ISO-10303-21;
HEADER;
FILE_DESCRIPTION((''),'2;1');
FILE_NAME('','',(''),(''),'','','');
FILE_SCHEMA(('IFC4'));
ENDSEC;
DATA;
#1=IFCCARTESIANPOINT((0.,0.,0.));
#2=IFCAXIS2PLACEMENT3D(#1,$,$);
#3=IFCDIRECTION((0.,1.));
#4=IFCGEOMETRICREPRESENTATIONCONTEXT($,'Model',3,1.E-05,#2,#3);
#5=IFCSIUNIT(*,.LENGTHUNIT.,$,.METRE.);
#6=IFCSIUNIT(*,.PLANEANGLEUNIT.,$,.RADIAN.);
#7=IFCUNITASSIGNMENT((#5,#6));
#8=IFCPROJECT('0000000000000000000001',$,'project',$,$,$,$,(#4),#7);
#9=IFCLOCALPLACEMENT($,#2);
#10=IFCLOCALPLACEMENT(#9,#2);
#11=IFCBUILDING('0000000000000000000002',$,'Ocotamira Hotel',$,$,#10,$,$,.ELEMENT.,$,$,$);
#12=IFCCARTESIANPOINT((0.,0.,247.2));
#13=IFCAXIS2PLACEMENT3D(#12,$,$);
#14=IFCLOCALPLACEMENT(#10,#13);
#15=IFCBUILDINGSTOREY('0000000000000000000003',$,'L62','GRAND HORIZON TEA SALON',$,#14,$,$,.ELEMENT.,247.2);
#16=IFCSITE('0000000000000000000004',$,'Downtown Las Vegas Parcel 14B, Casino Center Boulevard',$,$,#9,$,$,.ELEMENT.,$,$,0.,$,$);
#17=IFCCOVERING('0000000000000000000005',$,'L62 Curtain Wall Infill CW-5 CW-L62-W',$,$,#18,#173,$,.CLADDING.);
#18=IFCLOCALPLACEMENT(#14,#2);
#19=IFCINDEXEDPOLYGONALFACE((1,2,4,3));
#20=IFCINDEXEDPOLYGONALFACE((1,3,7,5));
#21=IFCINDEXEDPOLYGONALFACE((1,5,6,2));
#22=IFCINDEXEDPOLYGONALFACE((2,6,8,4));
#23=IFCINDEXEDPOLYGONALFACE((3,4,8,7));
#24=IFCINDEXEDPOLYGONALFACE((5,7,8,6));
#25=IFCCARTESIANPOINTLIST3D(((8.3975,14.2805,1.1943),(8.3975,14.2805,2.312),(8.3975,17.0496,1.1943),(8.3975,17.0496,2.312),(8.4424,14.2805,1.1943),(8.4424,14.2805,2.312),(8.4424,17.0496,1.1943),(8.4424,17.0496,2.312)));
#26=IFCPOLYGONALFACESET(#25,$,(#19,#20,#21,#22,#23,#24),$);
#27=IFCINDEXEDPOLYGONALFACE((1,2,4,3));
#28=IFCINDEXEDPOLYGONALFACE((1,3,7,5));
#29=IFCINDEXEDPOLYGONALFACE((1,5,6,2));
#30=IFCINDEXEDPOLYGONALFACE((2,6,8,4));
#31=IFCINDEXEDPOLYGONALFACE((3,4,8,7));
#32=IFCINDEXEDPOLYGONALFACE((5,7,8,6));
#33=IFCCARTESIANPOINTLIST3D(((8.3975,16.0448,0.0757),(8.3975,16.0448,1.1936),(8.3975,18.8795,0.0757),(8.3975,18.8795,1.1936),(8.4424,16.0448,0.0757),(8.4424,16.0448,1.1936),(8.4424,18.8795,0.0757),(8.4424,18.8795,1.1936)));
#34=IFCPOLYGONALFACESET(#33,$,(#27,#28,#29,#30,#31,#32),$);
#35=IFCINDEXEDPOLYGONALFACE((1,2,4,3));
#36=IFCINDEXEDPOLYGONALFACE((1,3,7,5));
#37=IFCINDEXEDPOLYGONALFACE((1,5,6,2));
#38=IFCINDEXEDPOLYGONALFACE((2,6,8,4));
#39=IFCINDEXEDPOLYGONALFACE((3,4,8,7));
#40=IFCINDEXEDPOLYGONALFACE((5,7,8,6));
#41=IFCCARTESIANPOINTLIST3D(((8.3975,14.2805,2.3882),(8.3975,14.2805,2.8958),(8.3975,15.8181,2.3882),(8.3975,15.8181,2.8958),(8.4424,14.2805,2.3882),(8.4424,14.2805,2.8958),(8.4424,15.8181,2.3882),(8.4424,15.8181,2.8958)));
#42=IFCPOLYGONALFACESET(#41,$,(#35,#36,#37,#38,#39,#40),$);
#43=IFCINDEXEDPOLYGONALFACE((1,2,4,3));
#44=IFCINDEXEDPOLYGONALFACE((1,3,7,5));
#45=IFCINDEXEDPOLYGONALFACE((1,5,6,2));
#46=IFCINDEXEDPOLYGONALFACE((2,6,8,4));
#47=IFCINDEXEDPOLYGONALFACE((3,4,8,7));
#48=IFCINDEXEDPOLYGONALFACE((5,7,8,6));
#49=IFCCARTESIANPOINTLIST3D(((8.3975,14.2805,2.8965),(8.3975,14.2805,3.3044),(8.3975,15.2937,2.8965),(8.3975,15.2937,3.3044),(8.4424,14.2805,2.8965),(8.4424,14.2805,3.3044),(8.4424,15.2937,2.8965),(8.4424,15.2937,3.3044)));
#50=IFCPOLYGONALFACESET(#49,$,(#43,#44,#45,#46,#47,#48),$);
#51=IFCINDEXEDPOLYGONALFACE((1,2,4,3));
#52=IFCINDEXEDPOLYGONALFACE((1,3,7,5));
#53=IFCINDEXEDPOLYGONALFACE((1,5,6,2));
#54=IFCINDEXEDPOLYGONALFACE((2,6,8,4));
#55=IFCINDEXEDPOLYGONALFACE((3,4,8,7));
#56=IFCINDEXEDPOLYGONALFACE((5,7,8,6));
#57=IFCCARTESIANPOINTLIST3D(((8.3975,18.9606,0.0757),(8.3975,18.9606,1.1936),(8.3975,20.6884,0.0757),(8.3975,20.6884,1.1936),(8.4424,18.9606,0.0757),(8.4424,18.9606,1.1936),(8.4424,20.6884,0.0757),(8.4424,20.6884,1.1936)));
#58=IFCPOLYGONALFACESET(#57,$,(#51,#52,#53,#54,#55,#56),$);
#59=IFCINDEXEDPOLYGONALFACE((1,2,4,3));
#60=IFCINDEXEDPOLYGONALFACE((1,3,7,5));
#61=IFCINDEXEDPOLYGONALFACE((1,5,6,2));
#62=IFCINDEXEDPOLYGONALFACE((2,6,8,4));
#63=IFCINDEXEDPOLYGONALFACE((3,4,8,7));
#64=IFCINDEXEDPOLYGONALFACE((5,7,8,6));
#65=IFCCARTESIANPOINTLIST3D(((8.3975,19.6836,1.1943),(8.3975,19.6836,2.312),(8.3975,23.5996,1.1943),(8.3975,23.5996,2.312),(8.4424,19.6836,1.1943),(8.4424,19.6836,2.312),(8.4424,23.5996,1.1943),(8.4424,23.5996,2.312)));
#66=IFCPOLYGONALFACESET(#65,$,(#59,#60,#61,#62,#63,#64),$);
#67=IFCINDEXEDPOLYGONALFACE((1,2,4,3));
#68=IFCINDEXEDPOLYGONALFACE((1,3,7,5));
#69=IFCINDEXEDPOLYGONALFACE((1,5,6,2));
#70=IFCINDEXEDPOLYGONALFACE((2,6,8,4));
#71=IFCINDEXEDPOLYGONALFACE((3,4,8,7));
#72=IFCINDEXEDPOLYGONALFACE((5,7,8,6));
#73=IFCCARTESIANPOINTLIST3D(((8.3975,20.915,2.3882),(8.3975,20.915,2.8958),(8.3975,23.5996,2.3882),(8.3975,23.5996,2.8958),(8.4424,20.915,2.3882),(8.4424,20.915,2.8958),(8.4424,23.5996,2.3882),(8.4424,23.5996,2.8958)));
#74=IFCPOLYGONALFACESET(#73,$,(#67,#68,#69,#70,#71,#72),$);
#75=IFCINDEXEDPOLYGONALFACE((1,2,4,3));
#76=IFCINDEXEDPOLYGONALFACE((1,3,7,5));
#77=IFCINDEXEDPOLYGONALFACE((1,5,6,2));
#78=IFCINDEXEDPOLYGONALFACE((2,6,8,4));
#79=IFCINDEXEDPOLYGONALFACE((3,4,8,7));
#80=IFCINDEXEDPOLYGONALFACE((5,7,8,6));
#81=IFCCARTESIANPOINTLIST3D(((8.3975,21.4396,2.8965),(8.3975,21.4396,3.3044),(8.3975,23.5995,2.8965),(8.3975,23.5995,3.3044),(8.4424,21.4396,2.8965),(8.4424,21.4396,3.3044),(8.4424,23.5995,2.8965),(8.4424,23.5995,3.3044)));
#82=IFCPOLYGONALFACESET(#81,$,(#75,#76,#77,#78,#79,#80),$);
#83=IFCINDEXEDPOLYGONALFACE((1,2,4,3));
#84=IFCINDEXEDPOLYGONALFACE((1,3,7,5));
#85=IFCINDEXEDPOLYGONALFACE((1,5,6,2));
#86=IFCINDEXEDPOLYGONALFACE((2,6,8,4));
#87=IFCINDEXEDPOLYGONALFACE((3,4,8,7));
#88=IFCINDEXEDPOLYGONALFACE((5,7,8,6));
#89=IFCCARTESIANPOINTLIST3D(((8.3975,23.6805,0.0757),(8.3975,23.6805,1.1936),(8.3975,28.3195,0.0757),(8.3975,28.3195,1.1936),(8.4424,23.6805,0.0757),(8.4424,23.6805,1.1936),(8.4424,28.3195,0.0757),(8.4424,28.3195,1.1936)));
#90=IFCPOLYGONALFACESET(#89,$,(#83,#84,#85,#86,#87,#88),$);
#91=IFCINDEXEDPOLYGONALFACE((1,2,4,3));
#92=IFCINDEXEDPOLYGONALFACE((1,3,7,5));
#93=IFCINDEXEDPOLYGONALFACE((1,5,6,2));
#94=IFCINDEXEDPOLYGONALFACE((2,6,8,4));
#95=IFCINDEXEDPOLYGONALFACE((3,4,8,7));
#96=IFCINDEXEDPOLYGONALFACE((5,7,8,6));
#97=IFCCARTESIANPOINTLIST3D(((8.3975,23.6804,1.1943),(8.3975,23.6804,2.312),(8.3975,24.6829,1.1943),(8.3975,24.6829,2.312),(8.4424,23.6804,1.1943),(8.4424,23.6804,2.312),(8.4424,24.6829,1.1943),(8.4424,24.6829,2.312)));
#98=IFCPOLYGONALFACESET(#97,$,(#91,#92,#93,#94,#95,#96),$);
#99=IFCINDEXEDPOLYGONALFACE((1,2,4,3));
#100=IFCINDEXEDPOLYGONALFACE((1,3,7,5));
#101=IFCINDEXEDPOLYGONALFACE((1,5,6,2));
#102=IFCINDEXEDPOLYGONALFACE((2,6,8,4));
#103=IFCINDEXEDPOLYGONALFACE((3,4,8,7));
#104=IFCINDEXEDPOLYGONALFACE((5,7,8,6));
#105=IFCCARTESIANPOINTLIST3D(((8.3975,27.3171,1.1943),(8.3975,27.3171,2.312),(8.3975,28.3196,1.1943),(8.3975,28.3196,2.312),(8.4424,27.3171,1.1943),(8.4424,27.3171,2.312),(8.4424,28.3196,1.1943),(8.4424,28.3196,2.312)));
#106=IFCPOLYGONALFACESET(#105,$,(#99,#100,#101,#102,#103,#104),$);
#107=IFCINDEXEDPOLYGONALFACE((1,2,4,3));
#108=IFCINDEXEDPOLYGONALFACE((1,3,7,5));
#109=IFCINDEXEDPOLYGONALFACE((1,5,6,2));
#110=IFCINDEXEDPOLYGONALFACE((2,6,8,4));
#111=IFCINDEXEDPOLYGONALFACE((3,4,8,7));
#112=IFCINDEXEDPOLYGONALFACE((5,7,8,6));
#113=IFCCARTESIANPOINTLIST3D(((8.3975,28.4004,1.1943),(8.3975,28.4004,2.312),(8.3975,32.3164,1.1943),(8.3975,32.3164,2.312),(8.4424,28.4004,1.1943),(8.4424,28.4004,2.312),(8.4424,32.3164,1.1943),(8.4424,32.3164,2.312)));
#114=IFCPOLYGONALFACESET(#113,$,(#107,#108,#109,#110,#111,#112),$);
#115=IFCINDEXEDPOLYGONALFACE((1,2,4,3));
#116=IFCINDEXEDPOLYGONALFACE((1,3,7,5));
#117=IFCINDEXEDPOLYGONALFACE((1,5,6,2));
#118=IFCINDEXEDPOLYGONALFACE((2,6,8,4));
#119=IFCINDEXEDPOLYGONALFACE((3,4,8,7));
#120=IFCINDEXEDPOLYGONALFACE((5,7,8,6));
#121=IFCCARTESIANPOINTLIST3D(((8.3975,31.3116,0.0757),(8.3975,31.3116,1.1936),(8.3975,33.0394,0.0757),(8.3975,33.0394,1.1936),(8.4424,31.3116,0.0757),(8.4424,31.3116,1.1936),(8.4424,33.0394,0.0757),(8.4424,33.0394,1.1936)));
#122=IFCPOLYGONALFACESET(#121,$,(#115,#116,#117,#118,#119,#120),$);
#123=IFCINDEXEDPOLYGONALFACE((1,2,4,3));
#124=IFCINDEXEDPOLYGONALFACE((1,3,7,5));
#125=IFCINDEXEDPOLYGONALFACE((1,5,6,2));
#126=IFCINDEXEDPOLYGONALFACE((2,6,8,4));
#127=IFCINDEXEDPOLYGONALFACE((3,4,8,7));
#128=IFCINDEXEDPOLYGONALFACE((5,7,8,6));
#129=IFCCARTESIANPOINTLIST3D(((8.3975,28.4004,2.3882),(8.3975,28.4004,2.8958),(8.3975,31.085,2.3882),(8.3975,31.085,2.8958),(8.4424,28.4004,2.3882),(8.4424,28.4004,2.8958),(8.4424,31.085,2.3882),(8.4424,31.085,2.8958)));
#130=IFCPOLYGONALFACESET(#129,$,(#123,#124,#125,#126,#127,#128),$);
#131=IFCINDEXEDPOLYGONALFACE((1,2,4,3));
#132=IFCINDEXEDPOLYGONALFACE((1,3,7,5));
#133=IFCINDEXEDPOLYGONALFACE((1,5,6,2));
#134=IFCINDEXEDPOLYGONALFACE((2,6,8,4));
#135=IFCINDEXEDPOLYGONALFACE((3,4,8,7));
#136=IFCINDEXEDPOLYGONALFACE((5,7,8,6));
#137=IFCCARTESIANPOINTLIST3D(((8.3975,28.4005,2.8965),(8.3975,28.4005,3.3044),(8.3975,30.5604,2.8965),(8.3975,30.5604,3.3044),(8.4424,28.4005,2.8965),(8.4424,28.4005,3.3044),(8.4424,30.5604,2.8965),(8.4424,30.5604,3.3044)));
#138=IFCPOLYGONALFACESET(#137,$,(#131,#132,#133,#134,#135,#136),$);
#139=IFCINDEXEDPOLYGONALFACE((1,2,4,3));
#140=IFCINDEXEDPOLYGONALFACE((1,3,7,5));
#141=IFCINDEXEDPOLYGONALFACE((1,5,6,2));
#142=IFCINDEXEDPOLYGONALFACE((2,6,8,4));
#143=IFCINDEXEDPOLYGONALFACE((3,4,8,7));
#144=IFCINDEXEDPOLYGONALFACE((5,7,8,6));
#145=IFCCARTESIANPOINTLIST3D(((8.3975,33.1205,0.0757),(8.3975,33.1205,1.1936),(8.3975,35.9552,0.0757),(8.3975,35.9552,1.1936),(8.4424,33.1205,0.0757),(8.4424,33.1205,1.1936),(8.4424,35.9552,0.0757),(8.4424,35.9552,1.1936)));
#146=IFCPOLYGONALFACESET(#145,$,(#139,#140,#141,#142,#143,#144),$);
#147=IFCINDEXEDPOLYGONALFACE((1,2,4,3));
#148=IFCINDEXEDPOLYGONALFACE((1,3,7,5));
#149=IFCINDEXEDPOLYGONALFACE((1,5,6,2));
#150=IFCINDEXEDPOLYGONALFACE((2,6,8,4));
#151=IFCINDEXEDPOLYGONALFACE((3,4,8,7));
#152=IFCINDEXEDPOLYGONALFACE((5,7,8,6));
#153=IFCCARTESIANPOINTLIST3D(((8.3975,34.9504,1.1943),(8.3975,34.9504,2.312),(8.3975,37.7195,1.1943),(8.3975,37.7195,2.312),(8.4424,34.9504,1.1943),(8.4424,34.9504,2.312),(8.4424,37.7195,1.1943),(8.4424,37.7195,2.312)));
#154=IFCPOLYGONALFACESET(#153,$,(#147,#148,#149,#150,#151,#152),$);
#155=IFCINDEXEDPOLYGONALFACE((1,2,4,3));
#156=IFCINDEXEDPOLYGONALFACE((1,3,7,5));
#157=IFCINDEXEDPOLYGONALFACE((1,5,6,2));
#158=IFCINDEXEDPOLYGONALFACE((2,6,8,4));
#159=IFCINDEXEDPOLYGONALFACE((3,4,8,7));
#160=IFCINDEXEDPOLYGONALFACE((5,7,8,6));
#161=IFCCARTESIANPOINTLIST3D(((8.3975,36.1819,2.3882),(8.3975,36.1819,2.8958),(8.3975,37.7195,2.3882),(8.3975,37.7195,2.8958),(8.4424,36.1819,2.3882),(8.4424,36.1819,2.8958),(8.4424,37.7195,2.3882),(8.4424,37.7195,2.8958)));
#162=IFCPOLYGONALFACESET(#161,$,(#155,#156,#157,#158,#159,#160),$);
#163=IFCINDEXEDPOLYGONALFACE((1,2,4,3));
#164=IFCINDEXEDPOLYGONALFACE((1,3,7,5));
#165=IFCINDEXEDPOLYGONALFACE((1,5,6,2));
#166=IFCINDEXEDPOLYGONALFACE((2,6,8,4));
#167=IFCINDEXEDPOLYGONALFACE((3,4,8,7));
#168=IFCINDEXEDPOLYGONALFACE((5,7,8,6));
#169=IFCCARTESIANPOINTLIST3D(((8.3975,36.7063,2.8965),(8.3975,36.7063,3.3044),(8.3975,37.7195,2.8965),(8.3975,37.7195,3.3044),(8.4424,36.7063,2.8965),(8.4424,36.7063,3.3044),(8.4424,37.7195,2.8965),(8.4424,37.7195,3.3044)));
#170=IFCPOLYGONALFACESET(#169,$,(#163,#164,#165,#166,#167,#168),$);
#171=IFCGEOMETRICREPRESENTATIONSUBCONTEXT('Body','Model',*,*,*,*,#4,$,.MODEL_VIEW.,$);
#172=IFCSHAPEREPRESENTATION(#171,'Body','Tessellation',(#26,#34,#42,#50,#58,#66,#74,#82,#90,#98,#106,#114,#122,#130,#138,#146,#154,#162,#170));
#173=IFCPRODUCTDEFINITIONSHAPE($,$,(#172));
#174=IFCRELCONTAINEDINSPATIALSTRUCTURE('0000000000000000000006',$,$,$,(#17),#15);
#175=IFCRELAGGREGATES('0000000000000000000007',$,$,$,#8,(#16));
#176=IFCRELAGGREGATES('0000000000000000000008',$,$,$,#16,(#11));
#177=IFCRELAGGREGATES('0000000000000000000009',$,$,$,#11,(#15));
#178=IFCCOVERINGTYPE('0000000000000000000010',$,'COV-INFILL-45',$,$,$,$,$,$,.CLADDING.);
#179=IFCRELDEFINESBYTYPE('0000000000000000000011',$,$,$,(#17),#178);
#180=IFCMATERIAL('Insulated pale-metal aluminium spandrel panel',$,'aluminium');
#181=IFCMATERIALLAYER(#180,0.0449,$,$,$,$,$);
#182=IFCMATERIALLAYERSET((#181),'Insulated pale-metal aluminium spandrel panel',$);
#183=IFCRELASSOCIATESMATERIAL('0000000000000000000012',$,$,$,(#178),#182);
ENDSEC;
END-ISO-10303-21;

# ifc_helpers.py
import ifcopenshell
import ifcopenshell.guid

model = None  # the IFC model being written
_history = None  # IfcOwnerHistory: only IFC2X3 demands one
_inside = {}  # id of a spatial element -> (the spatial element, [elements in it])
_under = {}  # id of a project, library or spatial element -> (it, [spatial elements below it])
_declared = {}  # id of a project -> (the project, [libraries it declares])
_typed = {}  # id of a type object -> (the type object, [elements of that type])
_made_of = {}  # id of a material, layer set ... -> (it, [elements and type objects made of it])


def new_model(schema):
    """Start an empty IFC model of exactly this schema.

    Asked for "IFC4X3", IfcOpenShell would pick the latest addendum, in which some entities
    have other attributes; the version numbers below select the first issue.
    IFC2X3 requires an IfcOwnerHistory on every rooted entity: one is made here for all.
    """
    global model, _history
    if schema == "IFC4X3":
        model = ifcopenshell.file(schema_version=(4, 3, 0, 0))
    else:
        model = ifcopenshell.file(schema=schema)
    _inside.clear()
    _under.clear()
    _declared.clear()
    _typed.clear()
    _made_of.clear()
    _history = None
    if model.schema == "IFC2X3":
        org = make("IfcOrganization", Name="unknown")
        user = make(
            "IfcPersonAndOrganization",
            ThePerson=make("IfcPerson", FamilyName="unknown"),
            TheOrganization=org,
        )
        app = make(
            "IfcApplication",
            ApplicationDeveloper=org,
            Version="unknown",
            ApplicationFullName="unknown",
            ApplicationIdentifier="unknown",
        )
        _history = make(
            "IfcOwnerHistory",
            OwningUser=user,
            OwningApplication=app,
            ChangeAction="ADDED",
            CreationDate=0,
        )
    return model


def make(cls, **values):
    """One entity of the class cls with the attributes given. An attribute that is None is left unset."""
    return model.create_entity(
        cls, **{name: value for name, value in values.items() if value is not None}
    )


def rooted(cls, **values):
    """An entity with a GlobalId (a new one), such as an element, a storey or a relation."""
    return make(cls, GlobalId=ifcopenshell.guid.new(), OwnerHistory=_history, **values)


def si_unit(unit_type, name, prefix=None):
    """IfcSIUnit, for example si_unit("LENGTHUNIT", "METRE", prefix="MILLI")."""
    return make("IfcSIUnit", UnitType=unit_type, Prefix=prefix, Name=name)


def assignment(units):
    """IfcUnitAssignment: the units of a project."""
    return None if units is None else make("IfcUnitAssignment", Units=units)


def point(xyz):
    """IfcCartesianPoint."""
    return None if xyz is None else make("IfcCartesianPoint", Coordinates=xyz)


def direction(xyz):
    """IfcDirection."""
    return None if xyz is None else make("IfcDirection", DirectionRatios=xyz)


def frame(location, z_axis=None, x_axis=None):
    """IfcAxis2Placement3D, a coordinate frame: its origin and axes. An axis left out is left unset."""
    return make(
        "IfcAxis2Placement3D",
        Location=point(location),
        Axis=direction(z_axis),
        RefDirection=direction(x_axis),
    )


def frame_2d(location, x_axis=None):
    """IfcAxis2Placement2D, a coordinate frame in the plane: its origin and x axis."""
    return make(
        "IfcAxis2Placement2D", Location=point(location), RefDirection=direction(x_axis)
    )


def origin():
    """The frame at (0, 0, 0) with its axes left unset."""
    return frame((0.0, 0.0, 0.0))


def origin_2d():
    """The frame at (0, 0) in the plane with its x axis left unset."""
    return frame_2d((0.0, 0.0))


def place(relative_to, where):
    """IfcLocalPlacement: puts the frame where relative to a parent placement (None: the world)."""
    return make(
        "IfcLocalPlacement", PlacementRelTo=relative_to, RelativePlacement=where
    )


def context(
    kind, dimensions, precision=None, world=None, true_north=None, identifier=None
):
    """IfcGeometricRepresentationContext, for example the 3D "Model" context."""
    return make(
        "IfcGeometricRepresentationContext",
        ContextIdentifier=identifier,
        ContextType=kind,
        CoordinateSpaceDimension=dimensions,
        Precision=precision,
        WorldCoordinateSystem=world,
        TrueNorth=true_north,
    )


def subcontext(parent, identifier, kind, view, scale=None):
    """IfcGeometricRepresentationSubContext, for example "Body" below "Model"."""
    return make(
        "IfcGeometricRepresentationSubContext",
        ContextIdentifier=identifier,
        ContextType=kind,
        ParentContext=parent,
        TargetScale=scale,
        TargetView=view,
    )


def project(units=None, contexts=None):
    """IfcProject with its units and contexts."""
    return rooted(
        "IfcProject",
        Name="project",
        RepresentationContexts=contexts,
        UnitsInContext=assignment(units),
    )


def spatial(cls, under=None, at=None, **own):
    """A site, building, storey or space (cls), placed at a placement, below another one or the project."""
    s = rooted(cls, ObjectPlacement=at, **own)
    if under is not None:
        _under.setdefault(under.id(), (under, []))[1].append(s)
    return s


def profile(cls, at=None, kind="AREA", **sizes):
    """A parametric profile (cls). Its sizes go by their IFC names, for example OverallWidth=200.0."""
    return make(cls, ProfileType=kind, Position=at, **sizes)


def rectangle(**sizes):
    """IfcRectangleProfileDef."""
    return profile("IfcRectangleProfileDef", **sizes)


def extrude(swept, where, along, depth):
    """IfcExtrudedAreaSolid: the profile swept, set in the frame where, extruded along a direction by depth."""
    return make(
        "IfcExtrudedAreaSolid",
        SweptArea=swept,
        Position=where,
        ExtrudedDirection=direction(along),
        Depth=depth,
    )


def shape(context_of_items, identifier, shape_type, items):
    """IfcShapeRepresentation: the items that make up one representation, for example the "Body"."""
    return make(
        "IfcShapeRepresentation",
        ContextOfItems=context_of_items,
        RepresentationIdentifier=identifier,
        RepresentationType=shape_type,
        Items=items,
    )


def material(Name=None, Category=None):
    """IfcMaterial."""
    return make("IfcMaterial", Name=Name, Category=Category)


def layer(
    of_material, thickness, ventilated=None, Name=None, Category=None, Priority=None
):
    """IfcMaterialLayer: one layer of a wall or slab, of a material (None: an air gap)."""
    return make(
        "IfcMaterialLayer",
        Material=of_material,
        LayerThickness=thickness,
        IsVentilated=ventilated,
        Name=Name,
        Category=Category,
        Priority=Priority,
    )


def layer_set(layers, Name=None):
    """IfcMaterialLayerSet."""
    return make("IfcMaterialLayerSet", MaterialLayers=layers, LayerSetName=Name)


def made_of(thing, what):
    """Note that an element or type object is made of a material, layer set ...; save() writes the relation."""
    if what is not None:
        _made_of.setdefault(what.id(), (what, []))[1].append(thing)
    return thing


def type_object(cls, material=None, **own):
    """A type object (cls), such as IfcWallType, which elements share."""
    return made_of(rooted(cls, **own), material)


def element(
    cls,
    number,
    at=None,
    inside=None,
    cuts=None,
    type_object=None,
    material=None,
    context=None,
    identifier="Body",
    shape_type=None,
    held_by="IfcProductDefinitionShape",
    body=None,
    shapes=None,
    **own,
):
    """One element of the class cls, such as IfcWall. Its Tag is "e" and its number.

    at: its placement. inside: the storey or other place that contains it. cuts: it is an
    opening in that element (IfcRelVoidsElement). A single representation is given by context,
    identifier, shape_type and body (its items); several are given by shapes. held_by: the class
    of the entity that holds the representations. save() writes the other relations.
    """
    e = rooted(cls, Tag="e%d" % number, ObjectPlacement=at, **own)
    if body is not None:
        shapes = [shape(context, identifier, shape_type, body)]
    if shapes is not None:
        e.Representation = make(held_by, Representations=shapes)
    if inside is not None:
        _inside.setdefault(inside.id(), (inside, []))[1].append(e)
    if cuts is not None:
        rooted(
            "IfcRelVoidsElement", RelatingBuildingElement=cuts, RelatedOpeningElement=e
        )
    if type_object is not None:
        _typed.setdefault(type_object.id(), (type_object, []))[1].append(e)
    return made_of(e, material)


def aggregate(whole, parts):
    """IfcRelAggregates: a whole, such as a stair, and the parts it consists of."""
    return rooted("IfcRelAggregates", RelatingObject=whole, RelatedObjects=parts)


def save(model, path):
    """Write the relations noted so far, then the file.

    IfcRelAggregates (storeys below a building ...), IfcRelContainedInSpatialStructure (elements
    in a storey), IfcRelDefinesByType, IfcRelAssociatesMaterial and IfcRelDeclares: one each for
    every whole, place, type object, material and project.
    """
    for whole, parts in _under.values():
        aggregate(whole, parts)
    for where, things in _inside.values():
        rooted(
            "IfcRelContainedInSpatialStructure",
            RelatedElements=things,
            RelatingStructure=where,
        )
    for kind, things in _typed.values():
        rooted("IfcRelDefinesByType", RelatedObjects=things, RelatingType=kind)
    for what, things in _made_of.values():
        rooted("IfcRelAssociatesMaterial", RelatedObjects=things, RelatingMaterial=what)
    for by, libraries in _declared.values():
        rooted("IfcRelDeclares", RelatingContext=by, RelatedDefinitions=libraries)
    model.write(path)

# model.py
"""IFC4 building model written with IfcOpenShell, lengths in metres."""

from ifc_helpers import new_model, si_unit, direction, frame, origin, origin_2d, place, context, subcontext, project, spatial, rectangle, extrude, material, layer, layer_set, type_object, element, save


model = new_model("IFC4")

# Units and contexts
model_context = context("Model", 3, precision=1e-05, world=origin(), true_north=direction((0.0, 1.0)))
body_context = subcontext(model_context, "Body", "Model", "MODEL_VIEW")
ifc_project = project(units=[si_unit("LENGTHUNIT", "METRE"), si_unit("PLANEANGLEUNIT", "RADIAN")], contexts=[model_context])

# Site, building, storey
site_placement = place(None, origin())
site = spatial("IfcSite", under=ifc_project, at=site_placement, Name="Downtown Las Vegas Parcel 14B, Casino Center Boulevard", CompositionType="ELEMENT", RefElevation=0.0)
building_placement = place(site_placement, origin())
building = spatial("IfcBuilding", under=site, at=building_placement, Name="Ocotamira Hotel", CompositionType="ELEMENT")
storey_placement = place(building_placement, frame((0.0, 0.0, 247.2)))
storey = spatial("IfcBuildingStorey", under=building, at=storey_placement, Name="L62", Description="GRAND HORIZON TEA SALON", CompositionType="ELEMENT", Elevation=247.2)

# Covering
ifc_material_1 = material(Name="Insulated pale-metal aluminium spandrel panel", Category="aluminium")
ifc_layer_1 = layer(ifc_material_1, 0.0449)
ifc_layer_set_1 = layer_set([ifc_layer_1], Name="Insulated pale-metal aluminium spandrel panel")
covering_type_1 = type_object("IfcCoveringType", Name="COV-INFILL-45", PredefinedType="CLADDING", material=ifc_layer_set_1)
covering_1_placement = place(storey_placement, origin())
element("IfcCovering", 1, at=covering_1_placement, inside=storey, type_object=covering_type_1, Name="L62 Curtain Wall Infill CW-5 CW-L62-W", PredefinedType="CLADDING", context=body_context, shape_type="SweptSolid", body=[
    extrude(rectangle(XDim=2.769, YDim=0.0449, at=origin_2d()), frame((8.4199, 15.665, 1.1943), z_axis=(0.0, 0.0, 1.0), x_axis=(0.0, 1.0, 0.0)), (0.0, 0.0, 1.0), 1.1177),
    extrude(rectangle(XDim=2.8347, YDim=0.0449, at=origin_2d()), frame((8.4199, 17.4622, 0.0757), z_axis=(0.0, 0.0, 1.0), x_axis=(0.0, 1.0, 0.0)), (0.0, 0.0, 1.0), 1.1179),
    extrude(rectangle(XDim=1.5376, YDim=0.0449, at=origin_2d()), frame((8.4199, 15.0493, 2.3882), z_axis=(0.0, 0.0, 1.0), x_axis=(0.0, 1.0, 0.0)), (0.0, 0.0, 1.0), 0.5076),
    extrude(rectangle(XDim=1.0132, YDim=0.0449, at=origin_2d()), frame((8.4199, 14.7871, 2.8965), z_axis=(0.0, 0.0, 1.0), x_axis=(0.0, 1.0, 0.0)), (0.0, 0.0, 1.0), 0.408),
    extrude(rectangle(XDim=1.7278, YDim=0.0449, at=origin_2d()), frame((8.4199, 19.8245, 0.0757), z_axis=(0.0, 0.0, 1.0), x_axis=(0.0, 1.0, 0.0)), (0.0, 0.0, 1.0), 1.1179),
    extrude(rectangle(XDim=3.916, YDim=0.0449, at=origin_2d()), frame((8.4199, 21.6416, 1.1943), z_axis=(0.0, 0.0, 1.0), x_axis=(0.0, 1.0, 0.0)), (0.0, 0.0, 1.0), 1.1177),
    extrude(rectangle(XDim=2.6846, YDim=0.0449, at=origin_2d()), frame((8.4199, 22.2573, 2.3882), z_axis=(0.0, 0.0, 1.0), x_axis=(0.0, 1.0, 0.0)), (0.0, 0.0, 1.0), 0.5076),
    extrude(rectangle(XDim=2.1599, YDim=0.0449, at=origin_2d()), frame((8.4199, 22.5195, 2.8965), z_axis=(0.0, 0.0, 1.0), x_axis=(0.0, 1.0, 0.0)), (0.0, 0.0, 1.0), 0.408),
    extrude(rectangle(XDim=4.6389, YDim=0.0449, at=origin_2d()), frame((8.4199, 26.0, 0.0757), z_axis=(0.0, 0.0, 1.0), x_axis=(0.0, 1.0, 0.0)), (0.0, 0.0, 1.0), 1.1179),
    extrude(rectangle(XDim=1.0024, YDim=0.0449, at=origin_2d()), frame((8.4199, 24.1816, 1.1943), z_axis=(0.0, 0.0, 1.0), x_axis=(0.0, 1.0, 0.0)), (0.0, 0.0, 1.0), 1.1177),
    extrude(rectangle(XDim=1.0024, YDim=0.0449, at=origin_2d()), frame((8.4199, 27.8184, 1.1943), z_axis=(0.0, 0.0, 1.0), x_axis=(0.0, 1.0, 0.0)), (0.0, 0.0, 1.0), 1.1177),
    extrude(rectangle(XDim=3.916, YDim=0.0449, at=origin_2d()), frame((8.4199, 30.3584, 1.1943), z_axis=(0.0, 0.0, 1.0), x_axis=(0.0, 1.0, 0.0)), (0.0, 0.0, 1.0), 1.1177),
    extrude(rectangle(XDim=1.7278, YDim=0.0449, at=origin_2d()), frame((8.4199, 32.1755, 0.0757), z_axis=(0.0, 0.0, 1.0), x_axis=(0.0, 1.0, 0.0)), (0.0, 0.0, 1.0), 1.1179),
    extrude(rectangle(XDim=2.6846, YDim=0.0449, at=origin_2d()), frame((8.4199, 29.7427, 2.3882), z_axis=(0.0, 0.0, 1.0), x_axis=(0.0, 1.0, 0.0)), (0.0, 0.0, 1.0), 0.5076),
    extrude(rectangle(XDim=2.1599, YDim=0.0449, at=origin_2d()), frame((8.4199, 29.4805, 2.8965), z_axis=(0.0, 0.0, 1.0), x_axis=(0.0, 1.0, 0.0)), (0.0, 0.0, 1.0), 0.408),
    extrude(rectangle(XDim=2.8347, YDim=0.0449, at=origin_2d()), frame((8.4199, 34.5378, 0.0757), z_axis=(0.0, 0.0, 1.0), x_axis=(0.0, 1.0, 0.0)), (0.0, 0.0, 1.0), 1.1179),
    extrude(rectangle(XDim=2.769, YDim=0.0449, at=origin_2d()), frame((8.4199, 36.335, 1.1943), z_axis=(0.0, 0.0, 1.0), x_axis=(0.0, 1.0, 0.0)), (0.0, 0.0, 1.0), 1.1177),
    extrude(rectangle(XDim=1.5376, YDim=0.0449, at=origin_2d()), frame((8.4199, 36.9507, 2.3882), z_axis=(0.0, 0.0, 1.0), x_axis=(0.0, 1.0, 0.0)), (0.0, 0.0, 1.0), 0.5076),
    extrude(rectangle(XDim=1.0132, YDim=0.0449, at=origin_2d()), frame((8.4199, 37.2129, 2.8965), z_axis=(0.0, 0.0, 1.0), x_axis=(0.0, 1.0, 0.0)), (0.0, 0.0, 1.0), 0.408),
])

save(model, "model.ifc")
